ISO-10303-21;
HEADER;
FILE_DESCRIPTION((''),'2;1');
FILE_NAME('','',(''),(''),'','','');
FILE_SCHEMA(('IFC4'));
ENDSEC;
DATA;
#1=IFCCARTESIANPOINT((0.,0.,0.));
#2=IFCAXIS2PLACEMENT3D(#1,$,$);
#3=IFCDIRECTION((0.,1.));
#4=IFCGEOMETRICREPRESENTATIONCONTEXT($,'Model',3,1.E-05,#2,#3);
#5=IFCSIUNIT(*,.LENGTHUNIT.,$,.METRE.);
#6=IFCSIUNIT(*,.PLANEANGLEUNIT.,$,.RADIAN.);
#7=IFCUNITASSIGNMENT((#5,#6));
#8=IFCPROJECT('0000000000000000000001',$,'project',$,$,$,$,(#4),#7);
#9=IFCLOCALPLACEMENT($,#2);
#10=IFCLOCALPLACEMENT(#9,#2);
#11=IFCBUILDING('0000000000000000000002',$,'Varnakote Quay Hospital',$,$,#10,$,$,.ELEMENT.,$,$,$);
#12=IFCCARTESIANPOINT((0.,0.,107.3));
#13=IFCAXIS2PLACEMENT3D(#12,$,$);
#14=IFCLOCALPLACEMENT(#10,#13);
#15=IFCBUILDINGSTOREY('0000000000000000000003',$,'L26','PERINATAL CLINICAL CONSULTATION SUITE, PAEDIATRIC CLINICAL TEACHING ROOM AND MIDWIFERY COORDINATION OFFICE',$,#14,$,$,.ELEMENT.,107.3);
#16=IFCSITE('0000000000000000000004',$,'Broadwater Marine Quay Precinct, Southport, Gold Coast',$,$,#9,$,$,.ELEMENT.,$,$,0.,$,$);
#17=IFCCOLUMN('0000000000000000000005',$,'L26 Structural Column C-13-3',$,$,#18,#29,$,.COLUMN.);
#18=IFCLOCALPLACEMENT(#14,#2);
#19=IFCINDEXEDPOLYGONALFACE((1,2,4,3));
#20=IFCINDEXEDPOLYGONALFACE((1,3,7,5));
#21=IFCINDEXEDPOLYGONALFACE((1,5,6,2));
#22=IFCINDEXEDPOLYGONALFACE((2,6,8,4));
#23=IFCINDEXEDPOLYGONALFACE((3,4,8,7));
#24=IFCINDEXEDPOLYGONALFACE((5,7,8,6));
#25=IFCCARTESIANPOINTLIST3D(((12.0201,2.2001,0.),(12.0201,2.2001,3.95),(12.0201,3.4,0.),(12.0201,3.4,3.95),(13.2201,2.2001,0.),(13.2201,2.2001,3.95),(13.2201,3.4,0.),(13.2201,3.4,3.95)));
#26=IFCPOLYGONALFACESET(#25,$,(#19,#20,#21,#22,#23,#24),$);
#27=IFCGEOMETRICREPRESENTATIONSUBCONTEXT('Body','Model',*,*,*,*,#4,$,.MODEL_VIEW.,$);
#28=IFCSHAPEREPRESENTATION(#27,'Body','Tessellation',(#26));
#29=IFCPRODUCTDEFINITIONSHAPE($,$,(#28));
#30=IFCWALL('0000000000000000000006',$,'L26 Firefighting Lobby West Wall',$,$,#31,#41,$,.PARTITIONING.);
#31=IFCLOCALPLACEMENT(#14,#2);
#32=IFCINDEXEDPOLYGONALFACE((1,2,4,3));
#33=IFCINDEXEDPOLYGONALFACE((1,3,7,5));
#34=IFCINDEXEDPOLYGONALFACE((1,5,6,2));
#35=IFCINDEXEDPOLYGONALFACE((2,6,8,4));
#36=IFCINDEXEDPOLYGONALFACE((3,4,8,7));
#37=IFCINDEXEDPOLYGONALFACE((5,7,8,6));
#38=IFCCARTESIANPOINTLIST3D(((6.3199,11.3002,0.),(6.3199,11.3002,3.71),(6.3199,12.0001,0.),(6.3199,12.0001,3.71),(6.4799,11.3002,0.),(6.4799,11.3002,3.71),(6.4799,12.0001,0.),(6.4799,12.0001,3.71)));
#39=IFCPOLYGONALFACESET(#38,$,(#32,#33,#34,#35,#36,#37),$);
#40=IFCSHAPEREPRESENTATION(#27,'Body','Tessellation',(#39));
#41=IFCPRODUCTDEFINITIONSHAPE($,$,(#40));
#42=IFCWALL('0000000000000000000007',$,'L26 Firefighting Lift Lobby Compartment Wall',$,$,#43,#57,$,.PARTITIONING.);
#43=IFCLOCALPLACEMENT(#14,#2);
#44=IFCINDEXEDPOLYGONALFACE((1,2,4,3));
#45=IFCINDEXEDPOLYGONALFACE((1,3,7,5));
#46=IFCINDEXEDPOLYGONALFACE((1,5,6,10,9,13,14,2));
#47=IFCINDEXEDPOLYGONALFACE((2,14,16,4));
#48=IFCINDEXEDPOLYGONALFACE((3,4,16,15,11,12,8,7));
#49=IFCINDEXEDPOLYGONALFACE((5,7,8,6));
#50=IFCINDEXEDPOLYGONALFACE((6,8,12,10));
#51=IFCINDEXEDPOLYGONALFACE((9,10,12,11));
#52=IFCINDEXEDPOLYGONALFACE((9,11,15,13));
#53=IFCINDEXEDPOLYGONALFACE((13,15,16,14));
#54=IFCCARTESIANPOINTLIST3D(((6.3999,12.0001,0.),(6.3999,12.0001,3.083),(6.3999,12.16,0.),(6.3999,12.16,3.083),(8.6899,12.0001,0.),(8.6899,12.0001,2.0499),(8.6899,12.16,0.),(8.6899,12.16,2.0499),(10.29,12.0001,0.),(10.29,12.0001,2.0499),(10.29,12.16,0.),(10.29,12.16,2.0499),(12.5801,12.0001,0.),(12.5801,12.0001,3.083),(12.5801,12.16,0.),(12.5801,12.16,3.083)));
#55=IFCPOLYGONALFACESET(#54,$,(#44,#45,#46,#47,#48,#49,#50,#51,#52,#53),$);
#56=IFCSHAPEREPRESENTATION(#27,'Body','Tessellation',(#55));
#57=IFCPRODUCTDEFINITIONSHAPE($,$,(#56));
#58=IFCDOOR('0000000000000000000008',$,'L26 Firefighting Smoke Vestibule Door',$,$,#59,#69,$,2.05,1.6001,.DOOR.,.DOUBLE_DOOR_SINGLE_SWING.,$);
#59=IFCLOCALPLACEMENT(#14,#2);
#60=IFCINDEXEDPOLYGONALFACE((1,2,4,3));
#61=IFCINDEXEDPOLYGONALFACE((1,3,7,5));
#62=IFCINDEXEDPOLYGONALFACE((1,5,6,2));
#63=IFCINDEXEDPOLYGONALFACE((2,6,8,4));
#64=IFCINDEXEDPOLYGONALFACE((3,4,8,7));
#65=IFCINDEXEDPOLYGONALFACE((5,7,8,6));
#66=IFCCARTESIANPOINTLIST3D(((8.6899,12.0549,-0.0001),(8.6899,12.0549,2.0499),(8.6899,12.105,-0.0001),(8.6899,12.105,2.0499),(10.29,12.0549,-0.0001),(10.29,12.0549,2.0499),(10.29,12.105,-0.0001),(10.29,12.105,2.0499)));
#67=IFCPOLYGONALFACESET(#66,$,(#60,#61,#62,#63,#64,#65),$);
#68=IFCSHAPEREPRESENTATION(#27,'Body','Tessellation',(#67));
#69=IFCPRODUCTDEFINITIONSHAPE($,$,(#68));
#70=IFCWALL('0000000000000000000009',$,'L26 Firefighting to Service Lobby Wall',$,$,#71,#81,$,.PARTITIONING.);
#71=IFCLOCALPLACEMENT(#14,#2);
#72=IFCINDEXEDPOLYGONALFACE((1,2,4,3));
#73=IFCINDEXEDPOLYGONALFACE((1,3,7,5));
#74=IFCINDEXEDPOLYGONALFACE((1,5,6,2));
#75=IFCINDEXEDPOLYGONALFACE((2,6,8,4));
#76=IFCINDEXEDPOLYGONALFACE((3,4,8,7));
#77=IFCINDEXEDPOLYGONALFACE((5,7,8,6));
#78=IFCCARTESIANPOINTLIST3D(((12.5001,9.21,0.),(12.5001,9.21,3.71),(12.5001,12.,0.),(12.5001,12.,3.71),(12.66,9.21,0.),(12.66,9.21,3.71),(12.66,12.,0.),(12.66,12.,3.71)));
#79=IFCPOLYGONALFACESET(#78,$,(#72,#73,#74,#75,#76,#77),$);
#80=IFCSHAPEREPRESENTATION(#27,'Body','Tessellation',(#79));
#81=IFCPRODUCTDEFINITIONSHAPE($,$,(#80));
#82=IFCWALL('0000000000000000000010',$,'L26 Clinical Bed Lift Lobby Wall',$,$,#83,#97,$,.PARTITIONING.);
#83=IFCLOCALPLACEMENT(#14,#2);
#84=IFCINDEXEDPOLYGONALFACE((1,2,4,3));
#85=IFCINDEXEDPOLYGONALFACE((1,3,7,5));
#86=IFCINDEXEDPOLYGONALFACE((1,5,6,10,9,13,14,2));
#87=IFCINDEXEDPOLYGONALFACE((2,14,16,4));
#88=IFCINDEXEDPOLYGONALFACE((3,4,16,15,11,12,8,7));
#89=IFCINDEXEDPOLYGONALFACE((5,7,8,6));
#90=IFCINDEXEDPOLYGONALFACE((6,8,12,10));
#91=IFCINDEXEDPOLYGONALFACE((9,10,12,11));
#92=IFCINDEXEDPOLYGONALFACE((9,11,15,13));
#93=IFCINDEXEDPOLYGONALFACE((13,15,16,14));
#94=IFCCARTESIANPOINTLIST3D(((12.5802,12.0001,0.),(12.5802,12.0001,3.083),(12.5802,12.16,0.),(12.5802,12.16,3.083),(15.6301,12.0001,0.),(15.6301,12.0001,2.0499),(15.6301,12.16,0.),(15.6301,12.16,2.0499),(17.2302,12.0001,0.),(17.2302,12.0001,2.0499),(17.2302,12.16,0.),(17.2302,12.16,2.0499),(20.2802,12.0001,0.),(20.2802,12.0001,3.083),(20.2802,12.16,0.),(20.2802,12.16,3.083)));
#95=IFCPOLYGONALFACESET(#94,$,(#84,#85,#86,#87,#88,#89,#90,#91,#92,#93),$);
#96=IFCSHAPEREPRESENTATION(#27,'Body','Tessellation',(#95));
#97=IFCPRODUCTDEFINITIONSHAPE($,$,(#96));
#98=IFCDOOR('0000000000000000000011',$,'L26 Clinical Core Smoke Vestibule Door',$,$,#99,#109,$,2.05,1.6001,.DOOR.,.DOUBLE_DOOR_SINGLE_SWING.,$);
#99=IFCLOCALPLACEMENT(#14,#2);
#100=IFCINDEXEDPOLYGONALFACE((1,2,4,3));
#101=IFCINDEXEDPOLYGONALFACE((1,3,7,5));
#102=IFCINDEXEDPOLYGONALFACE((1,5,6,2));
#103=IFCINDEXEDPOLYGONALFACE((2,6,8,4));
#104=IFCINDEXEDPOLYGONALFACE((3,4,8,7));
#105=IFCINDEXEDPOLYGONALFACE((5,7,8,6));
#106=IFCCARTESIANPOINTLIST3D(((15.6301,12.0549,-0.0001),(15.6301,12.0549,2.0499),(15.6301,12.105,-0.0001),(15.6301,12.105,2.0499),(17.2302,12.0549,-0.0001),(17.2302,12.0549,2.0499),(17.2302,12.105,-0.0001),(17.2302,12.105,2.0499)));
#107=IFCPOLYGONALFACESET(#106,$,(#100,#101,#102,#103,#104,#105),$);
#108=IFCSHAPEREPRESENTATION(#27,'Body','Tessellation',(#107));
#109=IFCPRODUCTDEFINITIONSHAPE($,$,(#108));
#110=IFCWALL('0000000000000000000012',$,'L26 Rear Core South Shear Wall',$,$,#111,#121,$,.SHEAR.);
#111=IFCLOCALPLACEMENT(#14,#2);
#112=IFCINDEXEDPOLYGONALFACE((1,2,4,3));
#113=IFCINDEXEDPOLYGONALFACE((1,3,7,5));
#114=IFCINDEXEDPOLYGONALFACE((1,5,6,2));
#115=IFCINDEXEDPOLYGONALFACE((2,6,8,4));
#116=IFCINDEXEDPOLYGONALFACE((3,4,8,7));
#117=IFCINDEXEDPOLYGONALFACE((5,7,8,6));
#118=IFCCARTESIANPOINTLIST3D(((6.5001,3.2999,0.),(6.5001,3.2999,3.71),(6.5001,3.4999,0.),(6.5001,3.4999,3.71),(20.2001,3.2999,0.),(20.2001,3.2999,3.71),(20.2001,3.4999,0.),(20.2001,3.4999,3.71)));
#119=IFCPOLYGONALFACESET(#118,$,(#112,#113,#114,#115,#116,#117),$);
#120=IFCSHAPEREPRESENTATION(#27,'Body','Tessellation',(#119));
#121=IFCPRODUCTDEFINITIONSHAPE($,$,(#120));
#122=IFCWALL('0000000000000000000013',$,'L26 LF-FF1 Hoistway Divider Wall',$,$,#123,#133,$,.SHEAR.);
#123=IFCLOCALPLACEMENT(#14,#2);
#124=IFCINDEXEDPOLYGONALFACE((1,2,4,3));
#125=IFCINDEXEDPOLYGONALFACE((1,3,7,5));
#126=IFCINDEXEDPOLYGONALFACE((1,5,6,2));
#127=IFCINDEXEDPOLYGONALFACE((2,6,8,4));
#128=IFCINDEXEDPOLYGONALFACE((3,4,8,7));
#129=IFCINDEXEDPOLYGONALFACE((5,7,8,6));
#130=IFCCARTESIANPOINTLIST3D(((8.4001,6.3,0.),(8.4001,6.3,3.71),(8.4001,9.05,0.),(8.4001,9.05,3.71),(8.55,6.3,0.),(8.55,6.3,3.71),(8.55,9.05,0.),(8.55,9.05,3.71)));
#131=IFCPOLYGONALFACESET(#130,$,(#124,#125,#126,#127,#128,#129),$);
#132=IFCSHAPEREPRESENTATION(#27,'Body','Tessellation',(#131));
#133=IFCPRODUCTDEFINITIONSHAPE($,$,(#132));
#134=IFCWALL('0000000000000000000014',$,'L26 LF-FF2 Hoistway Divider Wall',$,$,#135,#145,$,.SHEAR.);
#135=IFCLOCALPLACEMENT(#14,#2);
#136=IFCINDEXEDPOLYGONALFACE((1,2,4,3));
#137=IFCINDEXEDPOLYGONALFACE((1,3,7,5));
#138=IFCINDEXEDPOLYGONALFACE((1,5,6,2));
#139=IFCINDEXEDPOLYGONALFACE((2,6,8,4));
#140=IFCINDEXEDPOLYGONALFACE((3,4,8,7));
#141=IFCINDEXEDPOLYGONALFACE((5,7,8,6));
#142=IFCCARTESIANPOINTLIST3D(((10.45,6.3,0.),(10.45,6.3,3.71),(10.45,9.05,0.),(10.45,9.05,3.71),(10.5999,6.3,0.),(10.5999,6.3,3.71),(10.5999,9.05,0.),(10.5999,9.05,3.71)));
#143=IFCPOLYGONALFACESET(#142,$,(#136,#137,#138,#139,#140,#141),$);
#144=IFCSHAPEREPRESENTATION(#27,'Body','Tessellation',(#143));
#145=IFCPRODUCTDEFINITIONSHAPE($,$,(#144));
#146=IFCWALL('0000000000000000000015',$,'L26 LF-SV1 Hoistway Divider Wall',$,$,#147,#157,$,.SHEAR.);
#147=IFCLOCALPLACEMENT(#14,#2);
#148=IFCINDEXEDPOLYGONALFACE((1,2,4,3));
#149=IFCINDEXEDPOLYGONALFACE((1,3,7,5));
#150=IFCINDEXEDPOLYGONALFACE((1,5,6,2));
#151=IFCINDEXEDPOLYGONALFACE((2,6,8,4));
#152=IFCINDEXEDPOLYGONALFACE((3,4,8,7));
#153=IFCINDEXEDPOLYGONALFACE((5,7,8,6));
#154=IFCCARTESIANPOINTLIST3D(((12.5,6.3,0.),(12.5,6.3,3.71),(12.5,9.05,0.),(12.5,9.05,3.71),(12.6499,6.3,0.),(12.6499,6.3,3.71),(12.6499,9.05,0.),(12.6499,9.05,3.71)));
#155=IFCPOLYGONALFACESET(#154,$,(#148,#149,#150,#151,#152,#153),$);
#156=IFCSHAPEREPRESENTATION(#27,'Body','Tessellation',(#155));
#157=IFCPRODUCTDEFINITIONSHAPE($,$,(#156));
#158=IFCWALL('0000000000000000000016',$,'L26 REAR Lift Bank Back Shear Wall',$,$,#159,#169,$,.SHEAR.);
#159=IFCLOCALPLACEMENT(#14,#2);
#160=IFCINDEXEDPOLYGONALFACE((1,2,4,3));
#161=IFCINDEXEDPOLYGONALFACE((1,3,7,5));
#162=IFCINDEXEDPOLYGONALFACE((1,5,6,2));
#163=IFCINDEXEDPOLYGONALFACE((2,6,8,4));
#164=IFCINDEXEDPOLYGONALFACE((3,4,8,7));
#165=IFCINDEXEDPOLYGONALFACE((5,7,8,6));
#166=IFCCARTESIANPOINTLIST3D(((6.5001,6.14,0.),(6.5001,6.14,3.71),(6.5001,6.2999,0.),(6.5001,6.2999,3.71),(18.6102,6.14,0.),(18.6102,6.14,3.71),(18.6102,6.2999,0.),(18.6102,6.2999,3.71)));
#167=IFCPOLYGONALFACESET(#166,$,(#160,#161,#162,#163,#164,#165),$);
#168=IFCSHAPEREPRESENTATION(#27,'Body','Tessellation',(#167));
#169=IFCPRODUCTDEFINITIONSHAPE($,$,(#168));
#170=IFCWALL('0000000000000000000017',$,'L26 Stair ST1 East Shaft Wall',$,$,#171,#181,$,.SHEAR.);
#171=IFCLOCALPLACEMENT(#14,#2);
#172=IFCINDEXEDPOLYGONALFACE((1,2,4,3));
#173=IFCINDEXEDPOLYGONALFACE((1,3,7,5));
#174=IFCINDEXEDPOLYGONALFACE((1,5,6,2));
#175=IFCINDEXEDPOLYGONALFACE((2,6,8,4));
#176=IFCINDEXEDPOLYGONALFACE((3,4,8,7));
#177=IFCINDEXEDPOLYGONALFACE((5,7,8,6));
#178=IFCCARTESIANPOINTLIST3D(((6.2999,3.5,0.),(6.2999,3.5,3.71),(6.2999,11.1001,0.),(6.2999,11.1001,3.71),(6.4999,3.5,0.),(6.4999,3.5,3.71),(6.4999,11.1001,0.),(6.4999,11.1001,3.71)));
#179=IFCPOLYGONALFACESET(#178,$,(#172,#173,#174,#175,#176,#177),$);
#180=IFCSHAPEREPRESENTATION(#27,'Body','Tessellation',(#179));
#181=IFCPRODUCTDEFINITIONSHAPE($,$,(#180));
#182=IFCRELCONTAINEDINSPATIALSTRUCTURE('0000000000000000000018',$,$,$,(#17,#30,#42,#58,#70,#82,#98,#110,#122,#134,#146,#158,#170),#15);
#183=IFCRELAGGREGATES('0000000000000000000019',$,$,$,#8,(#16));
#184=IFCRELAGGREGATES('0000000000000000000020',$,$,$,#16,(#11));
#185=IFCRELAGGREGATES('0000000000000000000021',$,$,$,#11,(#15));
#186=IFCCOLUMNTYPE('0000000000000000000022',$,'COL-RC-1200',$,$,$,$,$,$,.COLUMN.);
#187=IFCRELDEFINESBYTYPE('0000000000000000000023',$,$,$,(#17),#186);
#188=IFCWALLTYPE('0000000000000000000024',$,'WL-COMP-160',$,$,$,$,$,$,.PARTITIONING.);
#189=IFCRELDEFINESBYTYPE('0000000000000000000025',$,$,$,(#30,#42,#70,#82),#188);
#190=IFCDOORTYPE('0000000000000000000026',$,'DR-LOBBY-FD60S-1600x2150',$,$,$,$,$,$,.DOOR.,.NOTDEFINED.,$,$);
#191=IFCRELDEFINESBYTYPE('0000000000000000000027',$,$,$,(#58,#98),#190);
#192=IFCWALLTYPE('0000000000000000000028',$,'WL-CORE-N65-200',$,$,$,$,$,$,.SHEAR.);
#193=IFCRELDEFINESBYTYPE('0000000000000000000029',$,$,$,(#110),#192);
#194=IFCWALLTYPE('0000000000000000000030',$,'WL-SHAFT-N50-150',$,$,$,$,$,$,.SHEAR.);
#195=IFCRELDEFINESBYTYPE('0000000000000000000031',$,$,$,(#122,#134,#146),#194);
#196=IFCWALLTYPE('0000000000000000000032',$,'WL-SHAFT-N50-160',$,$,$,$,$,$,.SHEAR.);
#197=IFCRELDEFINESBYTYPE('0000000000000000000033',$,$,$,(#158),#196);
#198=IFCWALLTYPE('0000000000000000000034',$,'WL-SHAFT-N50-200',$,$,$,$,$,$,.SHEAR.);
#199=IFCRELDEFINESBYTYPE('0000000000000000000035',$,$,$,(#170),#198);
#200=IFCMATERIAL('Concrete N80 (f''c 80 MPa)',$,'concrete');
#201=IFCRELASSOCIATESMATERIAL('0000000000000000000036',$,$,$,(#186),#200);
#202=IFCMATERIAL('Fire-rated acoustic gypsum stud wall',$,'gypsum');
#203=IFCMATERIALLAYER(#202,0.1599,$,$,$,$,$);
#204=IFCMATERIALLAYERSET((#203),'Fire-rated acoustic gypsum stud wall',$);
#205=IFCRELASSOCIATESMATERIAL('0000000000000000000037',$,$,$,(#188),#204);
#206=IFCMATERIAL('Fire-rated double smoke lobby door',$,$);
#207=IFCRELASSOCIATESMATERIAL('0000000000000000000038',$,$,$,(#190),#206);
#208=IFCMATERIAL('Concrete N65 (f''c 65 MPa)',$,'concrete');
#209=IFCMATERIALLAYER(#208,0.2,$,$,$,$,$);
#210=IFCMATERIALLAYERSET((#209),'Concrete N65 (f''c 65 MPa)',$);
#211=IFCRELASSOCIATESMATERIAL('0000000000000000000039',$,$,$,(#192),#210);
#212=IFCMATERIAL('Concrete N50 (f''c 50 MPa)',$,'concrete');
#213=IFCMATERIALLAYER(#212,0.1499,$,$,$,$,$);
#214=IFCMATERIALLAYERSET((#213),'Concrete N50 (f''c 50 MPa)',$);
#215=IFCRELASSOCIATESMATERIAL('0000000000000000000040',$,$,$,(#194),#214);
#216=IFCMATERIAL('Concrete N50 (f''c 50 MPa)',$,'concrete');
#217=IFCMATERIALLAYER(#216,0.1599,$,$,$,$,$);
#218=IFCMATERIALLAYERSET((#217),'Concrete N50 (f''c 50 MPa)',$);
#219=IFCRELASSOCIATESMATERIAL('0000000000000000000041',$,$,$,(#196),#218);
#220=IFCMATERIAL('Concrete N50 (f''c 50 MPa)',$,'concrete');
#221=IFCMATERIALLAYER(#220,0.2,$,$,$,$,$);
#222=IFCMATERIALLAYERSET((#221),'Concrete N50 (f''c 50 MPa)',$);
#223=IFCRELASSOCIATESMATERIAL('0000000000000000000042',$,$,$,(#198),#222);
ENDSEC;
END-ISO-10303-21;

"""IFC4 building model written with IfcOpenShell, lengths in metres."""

from ifc_helpers import new_model, si_unit, direction, frame, frame_2d, origin, origin_2d, place, context, subcontext, project, spatial, rectangle, extrude, material, layer, layer_set, material_profile, profile_set, type_object, element, fill, save


model = new_model("IFC4")

# Units and contexts
model_context = context("Model", 3, precision=1e-05, world=origin(), true_north=direction((0.0, 1.0)))
body_context = subcontext(model_context, "Body", "Model", "MODEL_VIEW")
ifc_project = project(units=[si_unit("LENGTHUNIT", "METRE"), si_unit("PLANEANGLEUNIT", "RADIAN")], contexts=[model_context])

# Site, building, storey
site_placement = place(None, origin())
site = spatial("IfcSite", under=ifc_project, at=site_placement, Name="Broadwater Marine Quay Precinct, Southport, Gold Coast", CompositionType="ELEMENT", RefElevation=0.0)
building_placement = place(site_placement, origin())
building = spatial("IfcBuilding", under=site, at=building_placement, Name="Varnakote Quay Hospital", CompositionType="ELEMENT")
storey_placement = place(building_placement, frame((0.0, 0.0, 107.3)))
storey = spatial("IfcBuildingStorey", under=building, at=storey_placement, Name="L26", Description="PERINATAL CLINICAL CONSULTATION SUITE, PAEDIATRIC CLINICAL TEACHING ROOM AND MIDWIFERY COORDINATION OFFICE", CompositionType="ELEMENT", Elevation=107.3)

# Column
ifc_material_1 = material(Name="Concrete N80 (f'c 80 MPa)", Category="concrete")
ifc_material_profile = material_profile(ifc_material_1, rectangle(XDim=1.2, YDim=1.2, at=origin_2d()), Name="RC-COL-1200x1200")
ifc_profile_set = profile_set([ifc_material_profile], Name="Concrete N80 (f'c 80 MPa)")
column_type = type_object("IfcColumnType", Name="COL-RC-1200", PredefinedType="COLUMN", material=ifc_profile_set)
column_placement = place(storey_placement, frame((12.6201, 2.8, 0.0), z_axis=(0.0, 0.0, 1.0), x_axis=(1.0, 0.0, 0.0)))
element("IfcColumn", 1, at=column_placement, inside=storey, type_object=column_type, Name="L26 Structural Column C-13-3", PredefinedType="COLUMN", context=body_context, shape_type="SweptSolid", body=[
    extrude(rectangle(XDim=1.2, YDim=1.2, at=origin_2d()), origin(), (0.0, 0.0, 1.0), 3.95),
])

# Wall
ifc_material_2 = material(Name="Fire-rated acoustic gypsum stud wall", Category="gypsum")
ifc_layer_1 = layer(ifc_material_2, 0.1599)
ifc_layer_set_1 = layer_set([ifc_layer_1], Name="Fire-rated acoustic gypsum stud wall")
wall_type_1 = type_object("IfcWallType", Name="WL-COMP-160", PredefinedType="PARTITIONING", material=ifc_layer_set_1)
wall_1_placement = place(storey_placement, frame((6.3999, 11.3, 0.0), z_axis=(0.0, 0.0, 1.0), x_axis=(0.0, 1.0, 0.0)))
element("IfcWall", 2, at=wall_1_placement, inside=storey, type_object=wall_type_1, Name="L26 Firefighting Lobby West Wall", PredefinedType="PARTITIONING", context=body_context, shape_type="SweptSolid", body=[
    extrude(rectangle(XDim=0.7, YDim=0.1599, at=frame_2d((0.3501, 0.0))), origin(), (0.0, 0.0, 1.0), 3.71),
])

# Wall, opening, door
wall_2_placement = place(storey_placement, frame((6.3999, 12.0801, 0.0), z_axis=(0.0, 0.0, 1.0), x_axis=(1.0, 0.0, 0.0)))
wall_2 = element("IfcWall", 3, at=wall_2_placement, inside=storey, type_object=wall_type_1, Name="L26 Firefighting Lift Lobby Compartment Wall", PredefinedType="PARTITIONING", context=body_context, shape_type="SweptSolid", body=[
    extrude(rectangle(XDim=6.1802, YDim=0.1599, at=frame_2d((3.0901, 0.0))), origin(), (0.0, 0.0, 1.0), 3.083),
])
opening_1_placement = place(wall_2_placement, frame((2.29, 0.0, 0.0)))
opening_1 = element("IfcOpeningElement", 4, at=opening_1_placement, cuts=wall_2, PredefinedType="OPENING", context=body_context, shape_type="SweptSolid", body=[
    extrude(rectangle(XDim=1.6001, YDim=2.05, at=frame_2d((0.8, 1.0249))), frame((0.0, 0.0898, 0.0), z_axis=(0.0, -1.0, 0.0), x_axis=(1.0, 0.0, 0.0)), (0.0, 0.0, 1.0), 0.1799),
])
ifc_material_3 = material(Name="Fire-rated double smoke lobby door")
door_type_1 = type_object("IfcDoorType", Name="DR-LOBBY-FD60S-1600x2150", OperationType="NOTDEFINED", PredefinedType="DOOR", material=ifc_material_3)
door_1_placement = place(opening_1_placement, origin())
door_1 = element("IfcDoor", 5, at=door_1_placement, inside=storey, type_object=door_type_1, Name="L26 Firefighting Smoke Vestibule Door", OperationType="DOUBLE_DOOR_SINGLE_SWING", OverallHeight=2.05, OverallWidth=1.6001, PredefinedType="DOOR", context=body_context, shape_type="SweptSolid", body=[
    extrude(rectangle(XDim=1.6001, YDim=2.05, at=frame_2d((0.8, 1.0249))), frame((0.0, 0.0249, 0.0), z_axis=(0.0, -1.0, 0.0), x_axis=(1.0, 0.0, 0.0)), (0.0, 0.0, 1.0), 0.05),
])
fill(opening_1, door_1)

# Wall
wall_3_placement = place(storey_placement, frame((12.5801, 9.21, 0.0), z_axis=(0.0, 0.0, 1.0), x_axis=(0.0, 1.0, 0.0)))
element("IfcWall", 6, at=wall_3_placement, inside=storey, type_object=wall_type_1, Name="L26 Firefighting to Service Lobby Wall", PredefinedType="PARTITIONING", context=body_context, shape_type="SweptSolid", body=[
    extrude(rectangle(XDim=2.79, YDim=0.1599, at=frame_2d((1.395, 0.0))), origin(), (0.0, 0.0, 1.0), 3.71),
])

# Wall, opening, door
wall_4_placement = place(storey_placement, frame((12.5801, 12.0801, 0.0), z_axis=(0.0, 0.0, 1.0), x_axis=(1.0, 0.0, 0.0)))
wall_4 = element("IfcWall", 7, at=wall_4_placement, inside=storey, type_object=wall_type_1, Name="L26 Clinical Bed Lift Lobby Wall", PredefinedType="PARTITIONING", context=body_context, shape_type="SweptSolid", body=[
    extrude(rectangle(XDim=7.7, YDim=0.1599, at=frame_2d((3.8501, 0.0))), origin(), (0.0, 0.0, 1.0), 3.083),
])
opening_2_placement = place(wall_4_placement, frame((3.05, 0.0, 0.0)))
opening_2 = element("IfcOpeningElement", 8, at=opening_2_placement, cuts=wall_4, PredefinedType="OPENING", context=body_context, shape_type="SweptSolid", body=[
    extrude(rectangle(XDim=1.6001, YDim=2.05, at=frame_2d((0.8, 1.0249))), frame((0.0, 0.0898, 0.0), z_axis=(0.0, -1.0, 0.0), x_axis=(1.0, 0.0, 0.0)), (0.0, 0.0, 1.0), 0.1799),
])
door_2_placement = place(opening_2_placement, origin())
door_2 = element("IfcDoor", 9, at=door_2_placement, inside=storey, type_object=door_type_1, Name="L26 Clinical Core Smoke Vestibule Door", OperationType="DOUBLE_DOOR_SINGLE_SWING", OverallHeight=2.05, OverallWidth=1.6001, PredefinedType="DOOR", context=body_context, shape_type="SweptSolid", body=[
    extrude(rectangle(XDim=1.6001, YDim=2.05, at=frame_2d((0.8, 1.0249))), frame((0.0, 0.0249, 0.0), z_axis=(0.0, -1.0, 0.0), x_axis=(1.0, 0.0, 0.0)), (0.0, 0.0, 1.0), 0.05),
])
fill(opening_2, door_2)

# Walls
ifc_material_4 = material(Name="Concrete N65 (f'c 65 MPa)", Category="concrete")
ifc_layer_2 = layer(ifc_material_4, 0.2)
ifc_layer_set_2 = layer_set([ifc_layer_2], Name="Concrete N65 (f'c 65 MPa)")
wall_type_2 = type_object("IfcWallType", Name="WL-CORE-N65-200", PredefinedType="SHEAR", material=ifc_layer_set_2)
wall_5_placement = place(storey_placement, frame((6.5, 3.3999, 0.0), z_axis=(0.0, 0.0, 1.0), x_axis=(1.0, 0.0, 0.0)))
element("IfcWall", 10, at=wall_5_placement, inside=storey, type_object=wall_type_2, Name="L26 Rear Core South Shear Wall", PredefinedType="SHEAR", context=body_context, shape_type="SweptSolid", body=[
    extrude(rectangle(XDim=13.7, YDim=0.2, at=frame_2d((6.8501, 0.0))), origin(), (0.0, 0.0, 1.0), 3.71),
])
ifc_material_5 = material(Name="Concrete N50 (f'c 50 MPa)", Category="concrete")
ifc_layer_3 = layer(ifc_material_5, 0.1499)
ifc_layer_set_3 = layer_set([ifc_layer_3], Name="Concrete N50 (f'c 50 MPa)")
wall_type_3 = type_object("IfcWallType", Name="WL-SHAFT-N50-150", PredefinedType="SHEAR", material=ifc_layer_set_3)
for number, where, z_axis, x_axis, name in (
    (11, (8.4751, 6.3, 0.0), (0.0, 0.0, 1.0), (0.0, 1.0, 0.0), "L26 LF-FF1 Hoistway Divider Wall"),
    (12, (10.5249, 6.3, 0.0), (0.0, 0.0, 1.0), (0.0, 1.0, 0.0), "L26 LF-FF2 Hoistway Divider Wall"),
    (13, (12.575, 6.3, 0.0), (0.0, 0.0, 1.0), (0.0, 1.0, 0.0), "L26 LF-SV1 Hoistway Divider Wall"),
):
    element("IfcWall", number, at=place(storey_placement, frame(where, z_axis=z_axis, x_axis=x_axis)), inside=storey, type_object=wall_type_3, Name=name, PredefinedType="SHEAR", context=body_context, shape_type="SweptSolid", body=[
        extrude(rectangle(XDim=2.75, YDim=0.1499, at=frame_2d((1.375, 0.0))), origin(), (0.0, 0.0, 1.0), 3.71),
    ])
ifc_material_6 = material(Name="Concrete N50 (f'c 50 MPa)", Category="concrete")
ifc_layer_4 = layer(ifc_material_6, 0.1599)
ifc_layer_set_4 = layer_set([ifc_layer_4], Name="Concrete N50 (f'c 50 MPa)")
wall_type_4 = type_object("IfcWallType", Name="WL-SHAFT-N50-160", PredefinedType="SHEAR", material=ifc_layer_set_4)
wall_6_placement = place(storey_placement, frame((6.5, 6.22, 0.0), z_axis=(0.0, 0.0, 1.0), x_axis=(1.0, 0.0, 0.0)))
element("IfcWall", 14, at=wall_6_placement, inside=storey, type_object=wall_type_4, Name="L26 REAR Lift Bank Back Shear Wall", PredefinedType="SHEAR", context=body_context, shape_type="SweptSolid", body=[
    extrude(rectangle(XDim=12.1101, YDim=0.1599, at=frame_2d((6.0552, 0.0))), origin(), (0.0, 0.0, 1.0), 3.71),
])

# Wall
ifc_material_7 = material(Name="Concrete N50 (f'c 50 MPa)", Category="concrete")
ifc_layer_5 = layer(ifc_material_7, 0.2)
ifc_layer_set_5 = layer_set([ifc_layer_5], Name="Concrete N50 (f'c 50 MPa)")
wall_type_5 = type_object("IfcWallType", Name="WL-SHAFT-N50-200", PredefinedType="SHEAR", material=ifc_layer_set_5)
wall_7_placement = place(storey_placement, frame((6.3999, 3.5, 0.0), z_axis=(0.0, 0.0, 1.0), x_axis=(0.0, 1.0, 0.0)))
element("IfcWall", 15, at=wall_7_placement, inside=storey, type_object=wall_type_5, Name="L26 Stair ST1 East Shaft Wall", PredefinedType="SHEAR", context=body_context, shape_type="SweptSolid", body=[
    extrude(rectangle(XDim=7.6001, YDim=0.2, at=frame_2d((3.8, 0.0))), origin(), (0.0, 0.0, 1.0), 3.71),
])

save(model, "model.ifc")
